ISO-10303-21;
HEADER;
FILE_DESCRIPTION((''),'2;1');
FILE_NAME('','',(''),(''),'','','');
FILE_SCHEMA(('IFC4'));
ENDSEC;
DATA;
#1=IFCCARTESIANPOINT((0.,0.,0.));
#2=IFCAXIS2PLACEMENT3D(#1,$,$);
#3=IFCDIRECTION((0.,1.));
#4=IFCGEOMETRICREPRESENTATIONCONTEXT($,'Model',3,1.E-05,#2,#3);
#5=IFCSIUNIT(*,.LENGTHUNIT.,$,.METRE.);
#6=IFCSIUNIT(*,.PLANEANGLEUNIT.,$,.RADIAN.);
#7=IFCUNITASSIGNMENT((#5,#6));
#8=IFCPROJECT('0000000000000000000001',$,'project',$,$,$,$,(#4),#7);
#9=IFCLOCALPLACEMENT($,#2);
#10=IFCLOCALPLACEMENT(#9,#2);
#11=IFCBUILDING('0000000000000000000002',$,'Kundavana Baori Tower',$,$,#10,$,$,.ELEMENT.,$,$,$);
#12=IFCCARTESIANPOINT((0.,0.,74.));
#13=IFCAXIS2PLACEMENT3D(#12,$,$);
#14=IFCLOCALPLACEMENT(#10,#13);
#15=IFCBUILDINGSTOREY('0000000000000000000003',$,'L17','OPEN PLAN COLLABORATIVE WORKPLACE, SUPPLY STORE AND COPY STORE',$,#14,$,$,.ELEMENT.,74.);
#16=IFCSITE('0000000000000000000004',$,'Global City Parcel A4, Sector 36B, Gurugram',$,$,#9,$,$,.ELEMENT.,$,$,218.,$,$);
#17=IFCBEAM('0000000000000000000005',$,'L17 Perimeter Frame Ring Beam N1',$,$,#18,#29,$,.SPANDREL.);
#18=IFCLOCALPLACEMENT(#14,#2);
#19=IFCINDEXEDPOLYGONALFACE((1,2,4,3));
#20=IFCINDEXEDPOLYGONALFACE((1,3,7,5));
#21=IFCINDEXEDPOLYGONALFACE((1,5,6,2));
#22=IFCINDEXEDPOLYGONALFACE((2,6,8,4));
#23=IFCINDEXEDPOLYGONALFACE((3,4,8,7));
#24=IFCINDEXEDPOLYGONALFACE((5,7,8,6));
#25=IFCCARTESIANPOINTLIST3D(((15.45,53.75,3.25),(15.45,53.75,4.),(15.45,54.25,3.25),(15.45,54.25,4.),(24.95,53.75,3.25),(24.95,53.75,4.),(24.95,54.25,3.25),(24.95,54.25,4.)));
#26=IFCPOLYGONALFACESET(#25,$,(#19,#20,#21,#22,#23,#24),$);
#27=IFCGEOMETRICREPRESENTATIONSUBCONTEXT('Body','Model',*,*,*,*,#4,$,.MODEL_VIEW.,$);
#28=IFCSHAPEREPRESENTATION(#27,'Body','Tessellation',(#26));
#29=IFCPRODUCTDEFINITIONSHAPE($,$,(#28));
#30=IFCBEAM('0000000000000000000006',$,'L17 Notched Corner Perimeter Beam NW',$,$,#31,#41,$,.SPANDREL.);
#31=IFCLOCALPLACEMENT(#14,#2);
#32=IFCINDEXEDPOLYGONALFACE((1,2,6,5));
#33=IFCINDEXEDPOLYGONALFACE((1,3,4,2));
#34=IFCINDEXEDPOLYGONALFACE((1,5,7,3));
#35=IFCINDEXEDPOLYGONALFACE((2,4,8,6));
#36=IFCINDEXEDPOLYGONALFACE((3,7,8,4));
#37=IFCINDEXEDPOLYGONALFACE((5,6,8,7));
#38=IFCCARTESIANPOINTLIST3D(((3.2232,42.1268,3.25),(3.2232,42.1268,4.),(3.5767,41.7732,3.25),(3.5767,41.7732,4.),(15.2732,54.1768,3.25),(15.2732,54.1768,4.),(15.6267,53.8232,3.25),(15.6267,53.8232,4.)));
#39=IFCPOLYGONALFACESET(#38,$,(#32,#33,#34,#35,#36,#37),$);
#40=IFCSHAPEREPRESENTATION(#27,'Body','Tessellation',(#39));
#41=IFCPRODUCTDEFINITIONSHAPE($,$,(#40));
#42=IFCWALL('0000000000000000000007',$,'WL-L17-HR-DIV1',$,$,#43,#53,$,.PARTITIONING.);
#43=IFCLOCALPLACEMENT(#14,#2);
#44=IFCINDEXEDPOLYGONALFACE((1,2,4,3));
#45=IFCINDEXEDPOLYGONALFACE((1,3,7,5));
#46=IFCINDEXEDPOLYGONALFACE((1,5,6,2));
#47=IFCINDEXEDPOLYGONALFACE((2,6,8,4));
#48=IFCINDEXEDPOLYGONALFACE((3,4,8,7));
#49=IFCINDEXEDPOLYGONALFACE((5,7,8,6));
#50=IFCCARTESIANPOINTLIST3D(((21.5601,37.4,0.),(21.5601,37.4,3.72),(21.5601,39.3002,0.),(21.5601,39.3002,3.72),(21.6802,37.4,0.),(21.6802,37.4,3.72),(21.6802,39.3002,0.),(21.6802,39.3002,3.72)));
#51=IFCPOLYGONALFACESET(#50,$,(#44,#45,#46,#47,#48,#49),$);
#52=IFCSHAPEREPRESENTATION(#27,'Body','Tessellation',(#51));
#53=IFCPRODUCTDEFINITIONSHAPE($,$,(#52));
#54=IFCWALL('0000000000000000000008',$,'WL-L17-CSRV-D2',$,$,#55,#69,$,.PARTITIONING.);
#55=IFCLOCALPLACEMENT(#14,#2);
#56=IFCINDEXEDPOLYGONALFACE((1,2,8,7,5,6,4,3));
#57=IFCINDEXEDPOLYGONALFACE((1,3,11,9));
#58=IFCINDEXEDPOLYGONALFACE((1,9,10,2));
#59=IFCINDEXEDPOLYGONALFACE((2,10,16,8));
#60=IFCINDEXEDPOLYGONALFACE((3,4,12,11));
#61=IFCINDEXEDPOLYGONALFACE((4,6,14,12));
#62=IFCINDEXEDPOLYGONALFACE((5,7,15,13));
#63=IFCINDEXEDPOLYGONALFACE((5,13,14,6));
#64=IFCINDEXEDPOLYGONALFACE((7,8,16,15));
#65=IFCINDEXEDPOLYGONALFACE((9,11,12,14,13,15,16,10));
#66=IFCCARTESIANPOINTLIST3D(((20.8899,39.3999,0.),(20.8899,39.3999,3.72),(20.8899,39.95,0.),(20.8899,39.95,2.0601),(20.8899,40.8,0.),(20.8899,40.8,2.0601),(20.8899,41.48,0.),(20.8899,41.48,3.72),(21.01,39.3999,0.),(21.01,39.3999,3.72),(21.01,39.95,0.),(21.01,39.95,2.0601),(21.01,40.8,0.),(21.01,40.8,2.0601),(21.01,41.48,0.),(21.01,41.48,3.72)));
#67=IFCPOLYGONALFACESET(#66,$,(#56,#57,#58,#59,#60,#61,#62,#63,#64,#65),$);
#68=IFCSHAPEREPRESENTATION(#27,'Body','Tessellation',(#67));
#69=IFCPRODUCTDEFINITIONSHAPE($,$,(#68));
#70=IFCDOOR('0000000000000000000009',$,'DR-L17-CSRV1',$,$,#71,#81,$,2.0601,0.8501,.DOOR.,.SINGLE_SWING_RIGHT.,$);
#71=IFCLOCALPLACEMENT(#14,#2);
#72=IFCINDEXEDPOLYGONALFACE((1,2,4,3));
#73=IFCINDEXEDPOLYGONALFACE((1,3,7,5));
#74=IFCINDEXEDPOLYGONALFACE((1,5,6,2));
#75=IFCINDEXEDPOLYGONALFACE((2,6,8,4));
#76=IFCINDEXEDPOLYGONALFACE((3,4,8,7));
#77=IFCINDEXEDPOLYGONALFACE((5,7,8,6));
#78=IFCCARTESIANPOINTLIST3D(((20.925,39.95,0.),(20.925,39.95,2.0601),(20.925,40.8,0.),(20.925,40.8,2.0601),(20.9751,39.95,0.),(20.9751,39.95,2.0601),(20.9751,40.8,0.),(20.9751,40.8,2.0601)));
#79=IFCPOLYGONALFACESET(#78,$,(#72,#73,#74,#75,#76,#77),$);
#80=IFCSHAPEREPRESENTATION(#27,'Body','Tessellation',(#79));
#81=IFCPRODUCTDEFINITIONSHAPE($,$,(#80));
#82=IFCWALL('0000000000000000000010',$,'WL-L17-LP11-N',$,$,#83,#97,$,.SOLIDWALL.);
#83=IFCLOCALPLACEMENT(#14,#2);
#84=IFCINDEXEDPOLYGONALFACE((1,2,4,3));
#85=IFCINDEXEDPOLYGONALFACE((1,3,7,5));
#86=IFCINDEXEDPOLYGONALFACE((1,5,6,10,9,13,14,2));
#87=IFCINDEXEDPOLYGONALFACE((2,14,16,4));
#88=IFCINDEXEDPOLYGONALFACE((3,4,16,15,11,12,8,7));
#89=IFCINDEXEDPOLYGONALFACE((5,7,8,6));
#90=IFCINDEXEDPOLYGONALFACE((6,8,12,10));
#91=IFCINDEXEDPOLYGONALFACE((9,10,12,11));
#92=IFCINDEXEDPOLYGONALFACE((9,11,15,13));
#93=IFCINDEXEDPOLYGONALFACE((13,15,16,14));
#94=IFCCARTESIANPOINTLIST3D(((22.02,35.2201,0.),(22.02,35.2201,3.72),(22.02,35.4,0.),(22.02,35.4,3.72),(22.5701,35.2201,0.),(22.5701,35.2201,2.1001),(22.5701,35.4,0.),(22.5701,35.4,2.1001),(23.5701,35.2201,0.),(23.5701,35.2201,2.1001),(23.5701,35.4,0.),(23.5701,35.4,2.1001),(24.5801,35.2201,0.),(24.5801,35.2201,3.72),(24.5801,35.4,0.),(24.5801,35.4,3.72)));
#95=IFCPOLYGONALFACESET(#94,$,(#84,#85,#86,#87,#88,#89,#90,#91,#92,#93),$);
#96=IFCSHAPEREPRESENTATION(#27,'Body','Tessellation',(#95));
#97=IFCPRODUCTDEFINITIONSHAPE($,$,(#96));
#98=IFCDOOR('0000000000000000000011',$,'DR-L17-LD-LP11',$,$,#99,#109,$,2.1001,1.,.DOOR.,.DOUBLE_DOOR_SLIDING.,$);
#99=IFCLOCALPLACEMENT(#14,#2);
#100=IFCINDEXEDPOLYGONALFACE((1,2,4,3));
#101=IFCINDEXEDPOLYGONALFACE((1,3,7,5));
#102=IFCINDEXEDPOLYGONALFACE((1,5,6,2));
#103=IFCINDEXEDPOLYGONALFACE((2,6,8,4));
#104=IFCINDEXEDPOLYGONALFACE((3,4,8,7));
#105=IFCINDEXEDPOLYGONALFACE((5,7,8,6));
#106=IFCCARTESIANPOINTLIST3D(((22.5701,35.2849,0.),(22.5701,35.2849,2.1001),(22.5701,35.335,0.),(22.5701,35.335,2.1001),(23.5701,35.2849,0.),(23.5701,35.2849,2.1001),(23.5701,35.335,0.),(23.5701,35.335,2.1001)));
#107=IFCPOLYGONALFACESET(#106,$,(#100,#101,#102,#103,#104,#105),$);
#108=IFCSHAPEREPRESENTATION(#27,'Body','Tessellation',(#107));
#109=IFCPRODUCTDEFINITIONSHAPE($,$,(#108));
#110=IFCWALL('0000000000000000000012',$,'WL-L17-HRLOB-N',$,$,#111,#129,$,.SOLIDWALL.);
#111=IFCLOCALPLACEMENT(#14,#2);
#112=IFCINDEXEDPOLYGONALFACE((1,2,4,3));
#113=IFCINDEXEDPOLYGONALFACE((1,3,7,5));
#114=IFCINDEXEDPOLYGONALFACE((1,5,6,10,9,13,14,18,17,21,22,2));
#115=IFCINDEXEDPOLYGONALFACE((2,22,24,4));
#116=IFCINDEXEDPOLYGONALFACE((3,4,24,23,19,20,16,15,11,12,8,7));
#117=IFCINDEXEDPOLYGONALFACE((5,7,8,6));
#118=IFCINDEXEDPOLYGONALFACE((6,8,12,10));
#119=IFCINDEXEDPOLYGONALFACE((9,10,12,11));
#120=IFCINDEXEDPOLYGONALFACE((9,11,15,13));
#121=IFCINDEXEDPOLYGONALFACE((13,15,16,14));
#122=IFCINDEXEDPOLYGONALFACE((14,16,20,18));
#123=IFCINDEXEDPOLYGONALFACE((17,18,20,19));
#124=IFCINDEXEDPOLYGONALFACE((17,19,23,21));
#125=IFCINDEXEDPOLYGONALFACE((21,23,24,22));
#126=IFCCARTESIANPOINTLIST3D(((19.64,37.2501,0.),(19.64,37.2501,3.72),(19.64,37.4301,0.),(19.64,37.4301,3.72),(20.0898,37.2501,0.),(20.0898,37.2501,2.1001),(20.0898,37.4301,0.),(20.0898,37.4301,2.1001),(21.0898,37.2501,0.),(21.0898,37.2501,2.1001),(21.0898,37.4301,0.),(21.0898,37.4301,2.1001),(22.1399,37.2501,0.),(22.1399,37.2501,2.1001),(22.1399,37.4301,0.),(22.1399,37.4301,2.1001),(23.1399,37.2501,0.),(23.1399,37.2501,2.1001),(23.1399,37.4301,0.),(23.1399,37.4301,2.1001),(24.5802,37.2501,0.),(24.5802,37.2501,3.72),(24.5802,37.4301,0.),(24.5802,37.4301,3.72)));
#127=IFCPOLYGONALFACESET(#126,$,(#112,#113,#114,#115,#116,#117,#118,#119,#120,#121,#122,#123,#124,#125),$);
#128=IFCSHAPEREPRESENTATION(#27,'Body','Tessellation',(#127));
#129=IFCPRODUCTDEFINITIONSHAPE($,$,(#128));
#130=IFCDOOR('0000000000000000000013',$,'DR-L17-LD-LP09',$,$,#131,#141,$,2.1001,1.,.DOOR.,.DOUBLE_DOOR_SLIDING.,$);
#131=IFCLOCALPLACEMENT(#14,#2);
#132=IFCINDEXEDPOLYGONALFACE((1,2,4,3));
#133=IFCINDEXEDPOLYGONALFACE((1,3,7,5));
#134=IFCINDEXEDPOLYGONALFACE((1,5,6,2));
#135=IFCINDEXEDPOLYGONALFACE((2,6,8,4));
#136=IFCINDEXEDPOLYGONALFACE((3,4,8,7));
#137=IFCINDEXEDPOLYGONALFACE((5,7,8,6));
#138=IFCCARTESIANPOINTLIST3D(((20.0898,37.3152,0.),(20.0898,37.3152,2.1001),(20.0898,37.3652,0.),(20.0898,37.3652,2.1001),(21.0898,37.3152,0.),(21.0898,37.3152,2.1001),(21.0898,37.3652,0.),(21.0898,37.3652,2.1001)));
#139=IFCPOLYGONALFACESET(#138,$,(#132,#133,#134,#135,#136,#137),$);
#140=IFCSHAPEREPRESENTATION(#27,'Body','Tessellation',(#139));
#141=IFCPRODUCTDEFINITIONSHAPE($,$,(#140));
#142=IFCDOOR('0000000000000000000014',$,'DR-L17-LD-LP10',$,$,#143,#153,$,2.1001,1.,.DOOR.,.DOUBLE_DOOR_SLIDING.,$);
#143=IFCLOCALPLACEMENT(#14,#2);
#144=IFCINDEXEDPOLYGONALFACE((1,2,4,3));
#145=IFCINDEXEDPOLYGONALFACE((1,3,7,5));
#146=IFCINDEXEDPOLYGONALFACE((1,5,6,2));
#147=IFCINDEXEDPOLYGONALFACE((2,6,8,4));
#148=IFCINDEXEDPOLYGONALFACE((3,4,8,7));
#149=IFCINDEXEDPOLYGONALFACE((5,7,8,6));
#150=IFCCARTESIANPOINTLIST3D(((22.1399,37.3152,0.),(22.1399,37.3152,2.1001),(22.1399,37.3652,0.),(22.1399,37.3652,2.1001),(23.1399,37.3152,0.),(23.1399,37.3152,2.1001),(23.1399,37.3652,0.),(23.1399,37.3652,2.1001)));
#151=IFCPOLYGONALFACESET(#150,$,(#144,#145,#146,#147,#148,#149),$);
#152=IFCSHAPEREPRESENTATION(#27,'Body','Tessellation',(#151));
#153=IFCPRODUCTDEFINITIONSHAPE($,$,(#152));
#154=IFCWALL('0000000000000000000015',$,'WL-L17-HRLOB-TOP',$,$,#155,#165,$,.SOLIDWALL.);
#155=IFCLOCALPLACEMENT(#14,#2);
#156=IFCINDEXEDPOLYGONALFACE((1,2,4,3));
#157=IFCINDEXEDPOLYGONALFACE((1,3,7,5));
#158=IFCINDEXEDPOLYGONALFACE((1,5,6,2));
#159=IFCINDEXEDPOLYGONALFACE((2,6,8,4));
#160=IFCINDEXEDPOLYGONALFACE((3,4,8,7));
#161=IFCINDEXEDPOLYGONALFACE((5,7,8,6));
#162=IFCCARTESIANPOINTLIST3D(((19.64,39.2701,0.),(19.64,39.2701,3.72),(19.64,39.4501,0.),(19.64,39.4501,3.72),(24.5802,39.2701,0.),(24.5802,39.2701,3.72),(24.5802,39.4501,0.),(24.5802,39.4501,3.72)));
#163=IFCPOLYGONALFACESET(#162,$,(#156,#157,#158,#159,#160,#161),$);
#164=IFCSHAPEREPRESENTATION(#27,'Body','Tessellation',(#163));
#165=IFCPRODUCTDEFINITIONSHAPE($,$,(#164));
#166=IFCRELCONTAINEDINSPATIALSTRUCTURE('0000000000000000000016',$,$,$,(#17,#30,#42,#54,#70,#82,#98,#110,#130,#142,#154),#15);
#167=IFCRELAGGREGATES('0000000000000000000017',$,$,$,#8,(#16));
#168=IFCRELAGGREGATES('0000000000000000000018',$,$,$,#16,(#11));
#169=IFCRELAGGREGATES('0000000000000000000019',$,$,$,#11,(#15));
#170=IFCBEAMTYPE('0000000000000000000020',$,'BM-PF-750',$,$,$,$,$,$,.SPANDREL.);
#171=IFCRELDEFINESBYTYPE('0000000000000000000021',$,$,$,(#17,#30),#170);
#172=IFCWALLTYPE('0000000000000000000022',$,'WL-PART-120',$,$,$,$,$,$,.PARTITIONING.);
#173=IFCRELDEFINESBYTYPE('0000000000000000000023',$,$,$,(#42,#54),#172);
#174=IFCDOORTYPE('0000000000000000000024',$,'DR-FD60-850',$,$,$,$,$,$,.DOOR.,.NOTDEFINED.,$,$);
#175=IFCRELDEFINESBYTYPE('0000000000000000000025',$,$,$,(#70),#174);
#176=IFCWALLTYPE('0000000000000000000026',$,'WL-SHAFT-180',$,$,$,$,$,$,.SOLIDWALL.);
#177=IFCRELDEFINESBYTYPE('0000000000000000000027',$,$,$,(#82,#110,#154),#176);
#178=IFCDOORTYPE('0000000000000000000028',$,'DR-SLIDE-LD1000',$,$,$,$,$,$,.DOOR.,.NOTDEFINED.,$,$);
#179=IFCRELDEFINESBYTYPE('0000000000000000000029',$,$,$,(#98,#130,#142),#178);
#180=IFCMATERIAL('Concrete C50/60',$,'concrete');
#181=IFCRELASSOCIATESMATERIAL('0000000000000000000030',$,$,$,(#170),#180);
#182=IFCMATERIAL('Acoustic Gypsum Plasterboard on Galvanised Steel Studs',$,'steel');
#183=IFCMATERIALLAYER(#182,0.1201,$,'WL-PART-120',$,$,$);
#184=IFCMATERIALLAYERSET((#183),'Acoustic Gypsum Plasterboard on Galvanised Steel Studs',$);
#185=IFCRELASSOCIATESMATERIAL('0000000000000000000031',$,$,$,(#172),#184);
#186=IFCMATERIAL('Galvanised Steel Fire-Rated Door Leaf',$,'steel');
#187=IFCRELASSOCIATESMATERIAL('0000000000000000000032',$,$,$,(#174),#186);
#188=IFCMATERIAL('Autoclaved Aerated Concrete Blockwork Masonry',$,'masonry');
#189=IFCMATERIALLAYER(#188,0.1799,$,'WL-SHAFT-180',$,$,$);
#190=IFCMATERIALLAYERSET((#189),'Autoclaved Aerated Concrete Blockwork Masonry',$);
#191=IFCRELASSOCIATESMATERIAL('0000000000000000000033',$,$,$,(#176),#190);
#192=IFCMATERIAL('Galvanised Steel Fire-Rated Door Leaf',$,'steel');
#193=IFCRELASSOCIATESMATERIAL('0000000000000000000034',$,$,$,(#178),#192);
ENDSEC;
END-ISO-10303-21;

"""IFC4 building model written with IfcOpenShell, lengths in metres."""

from ifc_helpers import new_model, si_unit, direction, frame, frame_2d, origin, origin_2d, place, context, subcontext, project, spatial, rectangle, extrude, material, layer, layer_set, material_profile, profile_set, type_object, element, fill, save


model = new_model("IFC4")

# Units and contexts
model_context = context("Model", 3, precision=1e-05, world=origin(), true_north=direction((0.0, 1.0)))
body_context = subcontext(model_context, "Body", "Model", "MODEL_VIEW")
ifc_project = project(units=[si_unit("LENGTHUNIT", "METRE"), si_unit("PLANEANGLEUNIT", "RADIAN")], contexts=[model_context])

# Site, building, storey
site_placement = place(None, origin())
site = spatial("IfcSite", under=ifc_project, at=site_placement, Name="Global City Parcel A4, Sector 36B, Gurugram", CompositionType="ELEMENT", RefElevation=218.0)
building_placement = place(site_placement, origin())
building = spatial("IfcBuilding", under=site, at=building_placement, Name="Kundavana Baori Tower", CompositionType="ELEMENT")
storey_placement = place(building_placement, frame((0.0, 0.0, 74.0)))
storey = spatial("IfcBuildingStorey", under=building, at=storey_placement, Name="L17", Description="OPEN PLAN COLLABORATIVE WORKPLACE, SUPPLY STORE AND COPY STORE", CompositionType="ELEMENT", Elevation=74.0)

# Beams
ifc_material_1 = material(Name="Concrete C50/60", Category="concrete")
ifc_material_profile = material_profile(ifc_material_1, rectangle(XDim=0.5, YDim=0.75, at=origin_2d()), Name="RC BM 500x750")
ifc_profile_set = profile_set([ifc_material_profile], Name="Concrete C50/60")
beam_type = type_object("IfcBeamType", Name="BM-PF-750", PredefinedType="SPANDREL", material=ifc_profile_set)
beam_1_placement = place(storey_placement, frame((15.45, 54.0, 3.625), z_axis=(1.0, 0.0, 0.0), x_axis=(0.0, 1.0, 0.0)))
element("IfcBeam", 1, at=beam_1_placement, inside=storey, type_object=beam_type, Name="L17 Perimeter Frame Ring Beam N1", PredefinedType="SPANDREL", context=body_context, shape_type="SweptSolid", body=[
    extrude(rectangle(XDim=0.5, YDim=0.75, at=origin_2d()), origin(), (0.0, 0.0, 1.0), 9.5),
])
beam_2_placement = place(storey_placement, frame((15.45, 54.0, 3.625), z_axis=(-0.707107, -0.707107, 0.0), x_axis=(0.707107, -0.707107, 0.0)))
element("IfcBeam", 2, at=beam_2_placement, inside=storey, type_object=beam_type, Name="L17 Notched Corner Perimeter Beam NW", PredefinedType="SPANDREL", context=body_context, shape_type="SweptSolid", body=[
    extrude(rectangle(XDim=0.5, YDim=0.75, at=origin_2d()), origin(), (0.0, 0.0, 1.0), 17.0413),
])

# Wall
ifc_material_2 = material(Name="Acoustic Gypsum Plasterboard on Galvanised Steel Studs", Category="steel")
ifc_layer_1 = layer(ifc_material_2, 0.1201, Name="WL-PART-120")
ifc_layer_set_1 = layer_set([ifc_layer_1], Name="Acoustic Gypsum Plasterboard on Galvanised Steel Studs")
wall_type_1 = type_object("IfcWallType", Name="WL-PART-120", PredefinedType="PARTITIONING", material=ifc_layer_set_1)
wall_1_placement = place(storey_placement, frame((21.6201, 37.3999, 0.0), z_axis=(0.0, 0.0, 1.0), x_axis=(0.0, 1.0, 0.0)))
element("IfcWall", 3, at=wall_1_placement, inside=storey, type_object=wall_type_1, Name="WL-L17-HR-DIV1", PredefinedType="PARTITIONING", context=body_context, shape_type="SweptSolid", body=[
    extrude(rectangle(XDim=1.9001, YDim=0.1201, at=frame_2d((0.9502, 0.0))), origin(), (0.0, 0.0, 1.0), 3.72),
])

# Walls, openings, doors
wall_2_placement = place(storey_placement, frame((20.95, 39.3999, 0.0), z_axis=(0.0, 0.0, 1.0), x_axis=(0.0, 1.0, 0.0)))
wall_2 = element("IfcWall", 4, at=wall_2_placement, inside=storey, type_object=wall_type_1, Name="WL-L17-CSRV-D2", PredefinedType="PARTITIONING", context=body_context, shape_type="SweptSolid", body=[
    extrude(rectangle(XDim=2.0801, YDim=0.1201, at=frame_2d((1.04, 0.0))), origin(), (0.0, 0.0, 1.0), 3.72),
])
opening_1_placement = place(wall_2_placement, frame((0.55, 0.0, 0.0)))
opening_1 = element("IfcOpeningElement", 5, at=opening_1_placement, cuts=wall_2, PredefinedType="OPENING", context=body_context, shape_type="SweptSolid", body=[
    extrude(rectangle(XDim=0.8501, YDim=2.0601, at=frame_2d((0.425, 1.03))), frame((0.0, 0.0701, 0.0), z_axis=(0.0, -1.0, 0.0), x_axis=(1.0, 0.0, 0.0)), (0.0, 0.0, 1.0), 0.1401),
])
ifc_material_3 = material(Name="Galvanised Steel Fire-Rated Door Leaf", Category="steel")
door_type_1 = type_object("IfcDoorType", Name="DR-FD60-850", OperationType="NOTDEFINED", PredefinedType="DOOR", material=ifc_material_3)
door_1_placement = place(opening_1_placement, origin())
door_1 = element("IfcDoor", 6, at=door_1_placement, inside=storey, type_object=door_type_1, Name="DR-L17-CSRV1", OperationType="SINGLE_SWING_RIGHT", OverallHeight=2.0601, OverallWidth=0.8501, PredefinedType="DOOR", context=body_context, shape_type="SweptSolid", body=[
    extrude(rectangle(XDim=0.8501, YDim=2.0601, at=frame_2d((0.425, 1.03))), frame((0.0, 0.0249, 0.0), z_axis=(0.0, -1.0, 0.0), x_axis=(1.0, 0.0, 0.0)), (0.0, 0.0, 1.0), 0.05),
])
fill(opening_1, door_1)
ifc_material_4 = material(Name="Autoclaved Aerated Concrete Blockwork Masonry", Category="masonry")
ifc_layer_2 = layer(ifc_material_4, 0.1799, Name="WL-SHAFT-180")
ifc_layer_set_2 = layer_set([ifc_layer_2], Name="Autoclaved Aerated Concrete Blockwork Masonry")
wall_type_2 = type_object("IfcWallType", Name="WL-SHAFT-180", PredefinedType="SOLIDWALL", material=ifc_layer_set_2)
wall_3_placement = place(storey_placement, frame((22.02, 35.3101, 0.0), z_axis=(0.0, 0.0, 1.0), x_axis=(1.0, 0.0, 0.0)))
wall_3 = element("IfcWall", 7, at=wall_3_placement, inside=storey, type_object=wall_type_2, Name="WL-L17-LP11-N", PredefinedType="SOLIDWALL", context=body_context, shape_type="SweptSolid", body=[
    extrude(rectangle(XDim=2.5601, YDim=0.1799, at=frame_2d((1.28, 0.0))), origin(), (0.0, 0.0, 1.0), 3.72),
])
opening_2_placement = place(wall_3_placement, frame((0.55, 0.0, 0.0)))
opening_2 = element("IfcOpeningElement", 8, at=opening_2_placement, cuts=wall_3, PredefinedType="OPENING", context=body_context, shape_type="SweptSolid", body=[
    extrude(rectangle(XDim=1.0, YDim=2.1001, at=frame_2d((0.5, 1.05))), frame((0.0, 0.1001, 0.0), z_axis=(0.0, -1.0, 0.0), x_axis=(1.0, 0.0, 0.0)), (0.0, 0.0, 1.0), 0.2),
])
ifc_material_5 = material(Name="Galvanised Steel Fire-Rated Door Leaf", Category="steel")
door_type_2 = type_object("IfcDoorType", Name="DR-SLIDE-LD1000", OperationType="NOTDEFINED", PredefinedType="DOOR", material=ifc_material_5)
door_2_placement = place(opening_2_placement, origin())
door_2 = element("IfcDoor", 9, at=door_2_placement, inside=storey, type_object=door_type_2, Name="DR-L17-LD-LP11", OperationType="DOUBLE_DOOR_SLIDING", OverallHeight=2.1001, OverallWidth=1.0, PredefinedType="DOOR", context=body_context, shape_type="SweptSolid", body=[
    extrude(rectangle(XDim=1.0, YDim=2.1001, at=frame_2d((0.5, 1.05))), frame((0.0, 0.0249, 0.0), z_axis=(0.0, -1.0, 0.0), x_axis=(1.0, 0.0, 0.0)), (0.0, 0.0, 1.0), 0.05),
])
fill(opening_2, door_2)

# Wall, openings, doors
wall_4_placement = place(storey_placement, frame((19.6399, 37.3401, 0.0), z_axis=(0.0, 0.0, 1.0), x_axis=(1.0, 0.0, 0.0)))
wall_4 = element("IfcWall", 10, at=wall_4_placement, inside=storey, type_object=wall_type_2, Name="WL-L17-HRLOB-N", PredefinedType="SOLIDWALL", context=body_context, shape_type="SweptSolid", body=[
    extrude(rectangle(XDim=4.9402, YDim=0.1799, at=frame_2d((2.4702, 0.0))), origin(), (0.0, 0.0, 1.0), 3.72),
])
opening_3_placement = place(wall_4_placement, frame((0.45, 0.0, 0.0)))
opening_3 = element("IfcOpeningElement", 11, at=opening_3_placement, cuts=wall_4, PredefinedType="OPENING", context=body_context, shape_type="SweptSolid", body=[
    extrude(rectangle(XDim=1.0, YDim=2.1001, at=frame_2d((0.5, 1.05))), frame((0.0, 0.1001, 0.0), z_axis=(0.0, -1.0, 0.0), x_axis=(1.0, 0.0, 0.0)), (0.0, 0.0, 1.0), 0.2),
])
opening_4_placement = place(wall_4_placement, frame((2.5, 0.0, 0.0)))
opening_4 = element("IfcOpeningElement", 12, at=opening_4_placement, cuts=wall_4, PredefinedType="OPENING", context=body_context, shape_type="SweptSolid", body=[
    extrude(rectangle(XDim=1.0, YDim=2.1001, at=frame_2d((0.5, 1.05))), frame((0.0, 0.1001, 0.0), z_axis=(0.0, -1.0, 0.0), x_axis=(1.0, 0.0, 0.0)), (0.0, 0.0, 1.0), 0.2),
])
door_3_placement = place(opening_3_placement, frame((1.0, 0.0, 0.0), z_axis=(0.0, 0.0, 1.0), x_axis=(-1.0, 0.0, 0.0)))
door_3 = element("IfcDoor", 13, at=door_3_placement, inside=storey, type_object=door_type_2, Name="DR-L17-LD-LP09", OperationType="DOUBLE_DOOR_SLIDING", OverallHeight=2.1001, OverallWidth=1.0, PredefinedType="DOOR", context=body_context, shape_type="SweptSolid", body=[
    extrude(rectangle(XDim=1.0, YDim=2.1001, at=frame_2d((0.5, 1.05))), frame((0.0, 0.0249, 0.0), z_axis=(0.0, -1.0, 0.0), x_axis=(1.0, 0.0, 0.0)), (0.0, 0.0, 1.0), 0.05),
])
fill(opening_3, door_3)
door_4_placement = place(opening_4_placement, frame((1.0, 0.0, 0.0), z_axis=(0.0, 0.0, 1.0), x_axis=(-1.0, 0.0, 0.0)))
door_4 = element("IfcDoor", 14, at=door_4_placement, inside=storey, type_object=door_type_2, Name="DR-L17-LD-LP10", OperationType="DOUBLE_DOOR_SLIDING", OverallHeight=2.1001, OverallWidth=1.0, PredefinedType="DOOR", context=body_context, shape_type="SweptSolid", body=[
    extrude(rectangle(XDim=1.0, YDim=2.1001, at=frame_2d((0.5, 1.05))), frame((0.0, 0.0249, 0.0), z_axis=(0.0, -1.0, 0.0), x_axis=(1.0, 0.0, 0.0)), (0.0, 0.0, 1.0), 0.05),
])
fill(opening_4, door_4)

# Wall
wall_5_placement = place(storey_placement, frame((19.6399, 39.3601, 0.0), z_axis=(0.0, 0.0, 1.0), x_axis=(1.0, 0.0, 0.0)))
element("IfcWall", 15, at=wall_5_placement, inside=storey, type_object=wall_type_2, Name="WL-L17-HRLOB-TOP", PredefinedType="SOLIDWALL", context=body_context, shape_type="SweptSolid", body=[
    extrude(rectangle(XDim=4.9402, YDim=0.1799, at=frame_2d((2.4702, 0.0))), origin(), (0.0, 0.0, 1.0), 3.72),
])

save(model, "model.ifc")
